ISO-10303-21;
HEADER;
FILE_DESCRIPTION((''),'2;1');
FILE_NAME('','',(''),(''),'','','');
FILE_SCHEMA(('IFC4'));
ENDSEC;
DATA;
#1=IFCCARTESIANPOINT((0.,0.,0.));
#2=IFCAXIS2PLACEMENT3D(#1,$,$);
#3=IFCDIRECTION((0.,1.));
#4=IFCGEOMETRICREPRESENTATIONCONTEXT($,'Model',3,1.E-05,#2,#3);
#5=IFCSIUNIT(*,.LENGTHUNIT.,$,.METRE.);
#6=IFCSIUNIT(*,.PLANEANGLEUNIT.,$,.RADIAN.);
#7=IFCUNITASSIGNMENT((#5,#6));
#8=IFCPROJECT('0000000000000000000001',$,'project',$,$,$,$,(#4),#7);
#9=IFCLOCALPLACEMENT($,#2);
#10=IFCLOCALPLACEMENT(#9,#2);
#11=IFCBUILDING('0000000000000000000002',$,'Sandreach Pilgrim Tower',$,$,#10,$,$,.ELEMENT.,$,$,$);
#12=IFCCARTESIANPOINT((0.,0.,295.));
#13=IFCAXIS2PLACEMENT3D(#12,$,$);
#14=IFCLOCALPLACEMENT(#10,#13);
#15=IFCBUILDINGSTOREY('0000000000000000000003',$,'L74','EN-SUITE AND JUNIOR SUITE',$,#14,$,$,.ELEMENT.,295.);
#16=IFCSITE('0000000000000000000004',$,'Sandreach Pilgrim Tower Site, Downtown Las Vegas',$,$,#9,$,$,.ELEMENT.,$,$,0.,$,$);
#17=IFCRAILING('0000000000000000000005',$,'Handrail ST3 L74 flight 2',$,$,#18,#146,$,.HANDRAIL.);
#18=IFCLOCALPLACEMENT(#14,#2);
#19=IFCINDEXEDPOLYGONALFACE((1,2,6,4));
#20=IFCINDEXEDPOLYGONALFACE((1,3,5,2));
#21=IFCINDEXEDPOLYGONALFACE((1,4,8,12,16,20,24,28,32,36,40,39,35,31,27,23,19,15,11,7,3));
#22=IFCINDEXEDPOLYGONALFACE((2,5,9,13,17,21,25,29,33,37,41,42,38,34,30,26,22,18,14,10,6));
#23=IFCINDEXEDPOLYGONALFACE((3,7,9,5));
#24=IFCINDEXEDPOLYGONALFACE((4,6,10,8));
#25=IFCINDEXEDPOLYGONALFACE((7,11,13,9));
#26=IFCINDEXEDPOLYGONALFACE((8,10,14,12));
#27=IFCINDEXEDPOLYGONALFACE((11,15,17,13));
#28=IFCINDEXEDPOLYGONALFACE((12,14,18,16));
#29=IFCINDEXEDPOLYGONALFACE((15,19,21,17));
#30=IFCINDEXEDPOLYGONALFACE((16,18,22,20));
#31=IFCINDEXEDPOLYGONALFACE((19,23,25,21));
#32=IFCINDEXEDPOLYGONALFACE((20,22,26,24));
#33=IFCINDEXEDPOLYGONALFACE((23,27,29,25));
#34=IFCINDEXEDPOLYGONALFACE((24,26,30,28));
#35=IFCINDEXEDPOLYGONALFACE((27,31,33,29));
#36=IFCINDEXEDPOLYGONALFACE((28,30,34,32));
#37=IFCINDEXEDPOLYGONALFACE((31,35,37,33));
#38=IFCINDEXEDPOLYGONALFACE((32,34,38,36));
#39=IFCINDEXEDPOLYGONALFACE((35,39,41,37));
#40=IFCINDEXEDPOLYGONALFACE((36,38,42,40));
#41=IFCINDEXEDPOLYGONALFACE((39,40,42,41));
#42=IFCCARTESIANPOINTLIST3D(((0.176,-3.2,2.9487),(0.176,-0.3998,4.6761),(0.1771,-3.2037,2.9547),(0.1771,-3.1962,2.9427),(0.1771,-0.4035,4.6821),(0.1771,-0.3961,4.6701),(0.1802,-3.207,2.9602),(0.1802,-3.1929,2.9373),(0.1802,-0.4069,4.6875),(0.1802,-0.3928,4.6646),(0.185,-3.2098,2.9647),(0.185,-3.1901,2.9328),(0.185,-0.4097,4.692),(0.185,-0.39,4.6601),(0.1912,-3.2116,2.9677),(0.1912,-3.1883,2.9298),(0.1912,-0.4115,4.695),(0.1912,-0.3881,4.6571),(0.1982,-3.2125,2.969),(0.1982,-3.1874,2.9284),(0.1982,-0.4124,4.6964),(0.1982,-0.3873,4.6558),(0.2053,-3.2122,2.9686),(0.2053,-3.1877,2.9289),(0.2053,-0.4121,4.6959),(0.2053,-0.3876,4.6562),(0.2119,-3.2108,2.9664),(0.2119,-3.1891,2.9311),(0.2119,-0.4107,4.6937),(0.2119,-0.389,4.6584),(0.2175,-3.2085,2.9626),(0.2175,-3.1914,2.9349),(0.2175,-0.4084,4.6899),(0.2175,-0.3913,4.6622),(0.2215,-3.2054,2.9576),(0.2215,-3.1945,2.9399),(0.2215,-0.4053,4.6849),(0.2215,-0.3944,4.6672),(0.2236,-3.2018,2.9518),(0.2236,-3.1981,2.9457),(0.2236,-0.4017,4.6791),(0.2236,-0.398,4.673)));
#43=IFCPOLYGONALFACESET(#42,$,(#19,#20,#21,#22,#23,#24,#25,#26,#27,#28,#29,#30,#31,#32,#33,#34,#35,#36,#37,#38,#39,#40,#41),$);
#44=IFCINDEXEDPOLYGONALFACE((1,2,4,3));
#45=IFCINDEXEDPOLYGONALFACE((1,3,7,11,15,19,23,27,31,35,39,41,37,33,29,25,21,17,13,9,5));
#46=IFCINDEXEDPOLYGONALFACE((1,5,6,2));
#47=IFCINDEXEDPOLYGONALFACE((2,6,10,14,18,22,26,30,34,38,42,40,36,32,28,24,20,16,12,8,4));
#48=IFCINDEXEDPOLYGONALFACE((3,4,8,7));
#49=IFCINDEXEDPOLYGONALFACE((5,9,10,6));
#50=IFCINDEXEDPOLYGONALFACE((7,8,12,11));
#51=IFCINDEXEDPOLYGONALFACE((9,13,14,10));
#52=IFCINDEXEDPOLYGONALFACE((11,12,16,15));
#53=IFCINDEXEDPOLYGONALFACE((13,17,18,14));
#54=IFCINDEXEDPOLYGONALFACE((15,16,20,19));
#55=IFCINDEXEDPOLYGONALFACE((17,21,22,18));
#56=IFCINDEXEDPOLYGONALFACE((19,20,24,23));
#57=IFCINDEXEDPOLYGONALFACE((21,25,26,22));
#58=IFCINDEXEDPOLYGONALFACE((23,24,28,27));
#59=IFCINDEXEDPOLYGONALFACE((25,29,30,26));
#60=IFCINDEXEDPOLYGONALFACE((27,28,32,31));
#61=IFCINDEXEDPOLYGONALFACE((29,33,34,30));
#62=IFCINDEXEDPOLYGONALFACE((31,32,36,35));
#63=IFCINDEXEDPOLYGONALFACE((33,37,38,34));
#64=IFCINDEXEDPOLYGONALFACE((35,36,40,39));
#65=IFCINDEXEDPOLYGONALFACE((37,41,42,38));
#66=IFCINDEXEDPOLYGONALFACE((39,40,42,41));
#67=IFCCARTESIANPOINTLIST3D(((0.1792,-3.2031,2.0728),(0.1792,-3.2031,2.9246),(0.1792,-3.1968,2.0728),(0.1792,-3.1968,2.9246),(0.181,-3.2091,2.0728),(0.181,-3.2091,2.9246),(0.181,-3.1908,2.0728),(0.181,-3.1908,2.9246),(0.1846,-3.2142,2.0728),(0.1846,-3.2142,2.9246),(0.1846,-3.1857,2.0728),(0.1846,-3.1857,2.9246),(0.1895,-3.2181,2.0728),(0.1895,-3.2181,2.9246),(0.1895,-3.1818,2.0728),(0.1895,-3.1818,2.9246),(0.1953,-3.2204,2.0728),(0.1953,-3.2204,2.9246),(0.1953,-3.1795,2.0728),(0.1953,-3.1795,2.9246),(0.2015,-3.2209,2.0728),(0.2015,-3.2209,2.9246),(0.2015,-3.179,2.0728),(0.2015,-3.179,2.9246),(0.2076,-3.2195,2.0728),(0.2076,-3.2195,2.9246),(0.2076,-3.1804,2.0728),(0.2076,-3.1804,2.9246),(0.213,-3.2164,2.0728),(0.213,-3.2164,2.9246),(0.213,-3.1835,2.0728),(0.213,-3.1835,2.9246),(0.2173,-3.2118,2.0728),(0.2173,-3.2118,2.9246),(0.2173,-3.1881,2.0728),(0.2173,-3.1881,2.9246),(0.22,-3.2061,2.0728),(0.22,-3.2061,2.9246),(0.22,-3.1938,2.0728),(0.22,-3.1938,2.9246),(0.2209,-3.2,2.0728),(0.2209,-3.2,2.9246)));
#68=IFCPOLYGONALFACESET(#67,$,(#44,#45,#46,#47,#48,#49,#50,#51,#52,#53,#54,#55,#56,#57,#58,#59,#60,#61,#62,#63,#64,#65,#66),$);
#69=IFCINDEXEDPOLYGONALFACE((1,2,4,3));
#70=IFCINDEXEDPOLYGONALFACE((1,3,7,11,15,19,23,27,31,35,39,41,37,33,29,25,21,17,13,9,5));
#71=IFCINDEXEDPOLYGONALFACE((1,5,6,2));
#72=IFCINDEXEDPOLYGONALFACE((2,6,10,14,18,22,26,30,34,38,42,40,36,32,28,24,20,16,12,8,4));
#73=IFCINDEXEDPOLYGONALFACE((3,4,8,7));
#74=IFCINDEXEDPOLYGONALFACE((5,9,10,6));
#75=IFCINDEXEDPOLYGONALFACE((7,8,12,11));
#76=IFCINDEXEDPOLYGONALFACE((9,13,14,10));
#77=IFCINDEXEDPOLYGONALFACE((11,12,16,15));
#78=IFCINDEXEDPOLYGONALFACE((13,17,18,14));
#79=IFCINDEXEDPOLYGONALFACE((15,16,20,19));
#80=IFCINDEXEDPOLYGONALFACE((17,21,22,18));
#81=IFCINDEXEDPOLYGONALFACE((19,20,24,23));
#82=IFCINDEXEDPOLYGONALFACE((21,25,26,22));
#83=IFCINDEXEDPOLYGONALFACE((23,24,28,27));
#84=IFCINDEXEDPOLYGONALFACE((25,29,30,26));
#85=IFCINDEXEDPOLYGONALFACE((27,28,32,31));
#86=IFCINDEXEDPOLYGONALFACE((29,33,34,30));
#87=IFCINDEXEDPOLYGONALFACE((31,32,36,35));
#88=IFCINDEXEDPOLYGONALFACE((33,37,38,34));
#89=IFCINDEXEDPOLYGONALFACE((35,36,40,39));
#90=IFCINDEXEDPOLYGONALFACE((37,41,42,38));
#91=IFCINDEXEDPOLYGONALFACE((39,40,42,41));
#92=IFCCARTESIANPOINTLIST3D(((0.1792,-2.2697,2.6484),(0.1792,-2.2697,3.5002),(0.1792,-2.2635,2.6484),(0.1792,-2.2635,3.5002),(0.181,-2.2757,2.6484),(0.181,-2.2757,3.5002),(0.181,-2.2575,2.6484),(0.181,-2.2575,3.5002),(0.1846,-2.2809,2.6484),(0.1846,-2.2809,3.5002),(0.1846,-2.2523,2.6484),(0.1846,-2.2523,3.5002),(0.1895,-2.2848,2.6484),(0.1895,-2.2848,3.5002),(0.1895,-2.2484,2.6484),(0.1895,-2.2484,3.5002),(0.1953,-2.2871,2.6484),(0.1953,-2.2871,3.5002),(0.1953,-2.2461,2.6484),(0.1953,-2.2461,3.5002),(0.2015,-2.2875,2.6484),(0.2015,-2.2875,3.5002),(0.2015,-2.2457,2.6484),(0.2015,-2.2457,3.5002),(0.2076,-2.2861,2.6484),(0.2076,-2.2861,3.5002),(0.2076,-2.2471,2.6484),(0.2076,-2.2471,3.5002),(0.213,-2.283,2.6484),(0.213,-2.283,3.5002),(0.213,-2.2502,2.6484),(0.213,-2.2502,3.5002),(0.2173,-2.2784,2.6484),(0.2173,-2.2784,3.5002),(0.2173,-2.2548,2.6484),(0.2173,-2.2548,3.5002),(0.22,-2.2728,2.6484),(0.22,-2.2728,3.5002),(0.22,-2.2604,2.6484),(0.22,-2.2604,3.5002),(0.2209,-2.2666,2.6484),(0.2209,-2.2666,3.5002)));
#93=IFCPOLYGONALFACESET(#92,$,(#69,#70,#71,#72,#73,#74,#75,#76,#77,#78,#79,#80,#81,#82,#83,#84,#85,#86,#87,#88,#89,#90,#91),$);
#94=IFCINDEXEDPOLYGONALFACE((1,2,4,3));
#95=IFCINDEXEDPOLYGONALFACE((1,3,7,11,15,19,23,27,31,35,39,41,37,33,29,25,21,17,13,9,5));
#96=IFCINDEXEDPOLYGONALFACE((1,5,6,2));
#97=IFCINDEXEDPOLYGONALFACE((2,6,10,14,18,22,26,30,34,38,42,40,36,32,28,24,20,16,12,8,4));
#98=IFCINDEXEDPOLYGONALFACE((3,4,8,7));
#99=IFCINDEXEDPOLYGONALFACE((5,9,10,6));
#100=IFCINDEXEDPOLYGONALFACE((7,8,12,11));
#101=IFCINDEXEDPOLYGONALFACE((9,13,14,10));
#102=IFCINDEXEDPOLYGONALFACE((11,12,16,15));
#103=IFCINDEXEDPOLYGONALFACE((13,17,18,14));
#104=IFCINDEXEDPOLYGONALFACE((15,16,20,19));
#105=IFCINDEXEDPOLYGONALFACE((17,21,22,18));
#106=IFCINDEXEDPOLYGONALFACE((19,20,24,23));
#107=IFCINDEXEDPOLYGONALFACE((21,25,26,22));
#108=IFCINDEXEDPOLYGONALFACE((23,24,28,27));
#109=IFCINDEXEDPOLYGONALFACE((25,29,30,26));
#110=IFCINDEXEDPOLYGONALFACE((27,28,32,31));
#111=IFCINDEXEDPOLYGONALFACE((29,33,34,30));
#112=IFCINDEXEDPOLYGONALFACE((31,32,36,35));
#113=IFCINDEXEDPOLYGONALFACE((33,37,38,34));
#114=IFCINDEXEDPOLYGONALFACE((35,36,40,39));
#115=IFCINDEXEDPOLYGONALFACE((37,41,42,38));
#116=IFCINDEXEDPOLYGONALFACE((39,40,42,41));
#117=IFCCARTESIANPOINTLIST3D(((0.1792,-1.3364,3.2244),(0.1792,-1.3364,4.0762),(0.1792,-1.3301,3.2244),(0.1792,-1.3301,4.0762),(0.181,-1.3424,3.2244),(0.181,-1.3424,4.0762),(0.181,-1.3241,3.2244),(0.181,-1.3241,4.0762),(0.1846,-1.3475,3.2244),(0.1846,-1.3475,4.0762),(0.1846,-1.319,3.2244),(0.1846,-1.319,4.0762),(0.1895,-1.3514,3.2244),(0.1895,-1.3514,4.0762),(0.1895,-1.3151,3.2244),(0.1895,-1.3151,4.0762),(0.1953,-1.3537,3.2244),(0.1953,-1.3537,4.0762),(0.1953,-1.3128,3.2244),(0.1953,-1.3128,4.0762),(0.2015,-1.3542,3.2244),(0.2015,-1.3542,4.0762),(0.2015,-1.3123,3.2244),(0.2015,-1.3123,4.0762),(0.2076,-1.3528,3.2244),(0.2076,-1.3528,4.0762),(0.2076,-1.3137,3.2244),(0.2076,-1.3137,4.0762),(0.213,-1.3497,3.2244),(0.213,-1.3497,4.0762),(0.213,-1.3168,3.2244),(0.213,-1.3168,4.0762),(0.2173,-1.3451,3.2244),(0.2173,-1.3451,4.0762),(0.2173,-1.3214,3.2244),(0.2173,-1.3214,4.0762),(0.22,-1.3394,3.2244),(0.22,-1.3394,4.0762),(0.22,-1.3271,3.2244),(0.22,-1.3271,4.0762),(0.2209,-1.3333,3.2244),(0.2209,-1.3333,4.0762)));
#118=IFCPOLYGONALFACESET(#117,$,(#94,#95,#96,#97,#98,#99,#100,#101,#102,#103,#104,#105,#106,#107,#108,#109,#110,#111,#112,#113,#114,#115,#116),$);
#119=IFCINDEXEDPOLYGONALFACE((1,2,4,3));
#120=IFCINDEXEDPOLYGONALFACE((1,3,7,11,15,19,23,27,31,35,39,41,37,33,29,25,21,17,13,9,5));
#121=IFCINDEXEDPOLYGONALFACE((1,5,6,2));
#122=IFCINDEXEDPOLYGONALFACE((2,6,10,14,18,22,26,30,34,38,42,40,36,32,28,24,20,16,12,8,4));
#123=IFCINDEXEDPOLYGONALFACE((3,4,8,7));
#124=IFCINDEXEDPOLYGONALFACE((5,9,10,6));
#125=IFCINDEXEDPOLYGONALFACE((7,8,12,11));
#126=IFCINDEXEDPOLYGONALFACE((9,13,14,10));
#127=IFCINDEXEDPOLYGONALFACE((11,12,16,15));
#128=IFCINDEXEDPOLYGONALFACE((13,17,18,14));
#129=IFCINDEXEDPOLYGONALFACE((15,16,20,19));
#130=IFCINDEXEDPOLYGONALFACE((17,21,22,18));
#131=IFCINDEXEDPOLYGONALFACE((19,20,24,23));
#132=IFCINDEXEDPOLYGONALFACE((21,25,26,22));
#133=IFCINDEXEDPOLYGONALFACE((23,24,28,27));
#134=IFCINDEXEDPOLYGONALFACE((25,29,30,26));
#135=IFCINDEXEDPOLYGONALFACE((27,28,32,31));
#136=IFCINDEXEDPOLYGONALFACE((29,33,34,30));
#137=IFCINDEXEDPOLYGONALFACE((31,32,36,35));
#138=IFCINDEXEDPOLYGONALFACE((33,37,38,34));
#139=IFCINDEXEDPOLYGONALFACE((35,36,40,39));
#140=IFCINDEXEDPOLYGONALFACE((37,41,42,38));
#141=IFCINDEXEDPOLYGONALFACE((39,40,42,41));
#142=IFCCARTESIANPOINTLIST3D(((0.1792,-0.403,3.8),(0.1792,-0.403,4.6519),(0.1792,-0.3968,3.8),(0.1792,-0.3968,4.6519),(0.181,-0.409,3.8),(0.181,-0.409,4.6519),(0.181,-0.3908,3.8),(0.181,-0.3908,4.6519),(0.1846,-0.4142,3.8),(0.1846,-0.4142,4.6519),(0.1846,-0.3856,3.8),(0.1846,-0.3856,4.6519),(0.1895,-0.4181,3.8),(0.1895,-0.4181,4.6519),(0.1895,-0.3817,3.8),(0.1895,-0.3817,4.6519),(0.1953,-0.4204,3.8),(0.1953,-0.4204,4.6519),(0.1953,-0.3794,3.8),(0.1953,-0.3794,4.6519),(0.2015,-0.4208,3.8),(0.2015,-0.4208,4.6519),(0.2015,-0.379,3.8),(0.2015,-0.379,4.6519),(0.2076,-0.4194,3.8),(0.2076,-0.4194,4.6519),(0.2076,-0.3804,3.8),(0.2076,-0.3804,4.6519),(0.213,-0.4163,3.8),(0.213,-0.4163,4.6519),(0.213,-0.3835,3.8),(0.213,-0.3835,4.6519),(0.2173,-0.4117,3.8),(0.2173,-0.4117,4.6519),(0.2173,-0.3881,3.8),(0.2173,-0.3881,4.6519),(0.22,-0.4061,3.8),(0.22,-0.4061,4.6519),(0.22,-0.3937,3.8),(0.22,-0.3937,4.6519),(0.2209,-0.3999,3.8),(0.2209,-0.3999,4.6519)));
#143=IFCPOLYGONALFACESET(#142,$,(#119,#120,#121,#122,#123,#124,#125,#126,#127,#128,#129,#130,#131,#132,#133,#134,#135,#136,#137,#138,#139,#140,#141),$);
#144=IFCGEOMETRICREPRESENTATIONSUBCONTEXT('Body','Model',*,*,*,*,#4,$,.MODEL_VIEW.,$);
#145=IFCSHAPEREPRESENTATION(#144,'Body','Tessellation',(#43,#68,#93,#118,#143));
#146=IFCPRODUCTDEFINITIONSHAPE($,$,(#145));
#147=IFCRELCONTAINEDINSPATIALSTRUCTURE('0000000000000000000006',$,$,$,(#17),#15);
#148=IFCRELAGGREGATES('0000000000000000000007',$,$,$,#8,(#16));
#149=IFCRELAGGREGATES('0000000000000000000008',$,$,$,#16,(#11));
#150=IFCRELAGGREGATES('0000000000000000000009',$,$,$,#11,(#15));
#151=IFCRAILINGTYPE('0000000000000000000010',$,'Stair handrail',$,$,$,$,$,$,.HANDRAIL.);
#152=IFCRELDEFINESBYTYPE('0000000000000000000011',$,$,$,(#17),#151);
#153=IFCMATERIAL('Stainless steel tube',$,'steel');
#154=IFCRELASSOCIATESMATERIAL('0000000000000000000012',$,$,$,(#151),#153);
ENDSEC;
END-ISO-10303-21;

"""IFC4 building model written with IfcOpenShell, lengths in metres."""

from ifc_helpers import new_model, si_unit, direction, frame, origin, origin_2d, place, context, subcontext, project, spatial, circle, extrude, material, type_object, element, save


model = new_model("IFC4")

# Units and contexts
model_context = context("Model", 3, precision=1e-05, world=origin(), true_north=direction((0.0, 1.0)))
body_context = subcontext(model_context, "Body", "Model", "MODEL_VIEW")
ifc_project = project(units=[si_unit("LENGTHUNIT", "METRE"), si_unit("PLANEANGLEUNIT", "RADIAN")], contexts=[model_context])

# Site, building, storey
site_placement = place(None, origin())
site = spatial("IfcSite", under=ifc_project, at=site_placement, Name="Sandreach Pilgrim Tower Site, Downtown Las Vegas", CompositionType="ELEMENT", RefElevation=0.0)
building_placement = place(site_placement, origin())
building = spatial("IfcBuilding", under=site, at=building_placement, Name="Sandreach Pilgrim Tower", CompositionType="ELEMENT")
storey_placement = place(building_placement, frame((0.0, 0.0, 295.0)))
storey = spatial("IfcBuildingStorey", under=building, at=storey_placement, Name="L74", Description="EN-SUITE AND JUNIOR SUITE", CompositionType="ELEMENT", Elevation=295.0)

# Railing
ifc_material_1 = material(Name="Stainless steel tube", Category="steel")
railing_type = type_object("IfcRailingType", Name="Stair handrail", PredefinedType="HANDRAIL", material=ifc_material_1)
for number, where, name in (
    (1, (0.2, -3.2, 2.0728), "Handrail ST3 L74 flight 2"),
):
    element("IfcRailing", number, at=place(storey_placement, frame(where)), inside=storey, type_object=railing_type, Name=name, PredefinedType="HANDRAIL", context=body_context, shape_type="SweptSolid", body=[
        extrude(circle(Radius=0.0239, at=origin_2d()), frame((0.0, 0.0, 0.876), z_axis=(0.0, 0.85109, 0.52502), x_axis=(-1.0, 0.0, 0.0)), (0.0, 0.0, 1.0), 3.29),
        extrude(circle(Radius=0.021, at=origin_2d()), origin(), (0.0, 0.0, 1.0), 0.8518),
        extrude(circle(Radius=0.021, at=origin_2d()), frame((0.0, 0.9333, 0.5757)), (0.0, 0.0, 1.0), 0.8518),
        extrude(circle(Radius=0.021, at=origin_2d()), frame((0.0, 1.8667, 1.1516)), (0.0, 0.0, 1.0), 0.8518),
        extrude(circle(Radius=0.021, at=origin_2d()), frame((0.0, 2.8, 1.7273)), (0.0, 0.0, 1.0), 0.8518),
    ])

save(model, "model.ifc")
